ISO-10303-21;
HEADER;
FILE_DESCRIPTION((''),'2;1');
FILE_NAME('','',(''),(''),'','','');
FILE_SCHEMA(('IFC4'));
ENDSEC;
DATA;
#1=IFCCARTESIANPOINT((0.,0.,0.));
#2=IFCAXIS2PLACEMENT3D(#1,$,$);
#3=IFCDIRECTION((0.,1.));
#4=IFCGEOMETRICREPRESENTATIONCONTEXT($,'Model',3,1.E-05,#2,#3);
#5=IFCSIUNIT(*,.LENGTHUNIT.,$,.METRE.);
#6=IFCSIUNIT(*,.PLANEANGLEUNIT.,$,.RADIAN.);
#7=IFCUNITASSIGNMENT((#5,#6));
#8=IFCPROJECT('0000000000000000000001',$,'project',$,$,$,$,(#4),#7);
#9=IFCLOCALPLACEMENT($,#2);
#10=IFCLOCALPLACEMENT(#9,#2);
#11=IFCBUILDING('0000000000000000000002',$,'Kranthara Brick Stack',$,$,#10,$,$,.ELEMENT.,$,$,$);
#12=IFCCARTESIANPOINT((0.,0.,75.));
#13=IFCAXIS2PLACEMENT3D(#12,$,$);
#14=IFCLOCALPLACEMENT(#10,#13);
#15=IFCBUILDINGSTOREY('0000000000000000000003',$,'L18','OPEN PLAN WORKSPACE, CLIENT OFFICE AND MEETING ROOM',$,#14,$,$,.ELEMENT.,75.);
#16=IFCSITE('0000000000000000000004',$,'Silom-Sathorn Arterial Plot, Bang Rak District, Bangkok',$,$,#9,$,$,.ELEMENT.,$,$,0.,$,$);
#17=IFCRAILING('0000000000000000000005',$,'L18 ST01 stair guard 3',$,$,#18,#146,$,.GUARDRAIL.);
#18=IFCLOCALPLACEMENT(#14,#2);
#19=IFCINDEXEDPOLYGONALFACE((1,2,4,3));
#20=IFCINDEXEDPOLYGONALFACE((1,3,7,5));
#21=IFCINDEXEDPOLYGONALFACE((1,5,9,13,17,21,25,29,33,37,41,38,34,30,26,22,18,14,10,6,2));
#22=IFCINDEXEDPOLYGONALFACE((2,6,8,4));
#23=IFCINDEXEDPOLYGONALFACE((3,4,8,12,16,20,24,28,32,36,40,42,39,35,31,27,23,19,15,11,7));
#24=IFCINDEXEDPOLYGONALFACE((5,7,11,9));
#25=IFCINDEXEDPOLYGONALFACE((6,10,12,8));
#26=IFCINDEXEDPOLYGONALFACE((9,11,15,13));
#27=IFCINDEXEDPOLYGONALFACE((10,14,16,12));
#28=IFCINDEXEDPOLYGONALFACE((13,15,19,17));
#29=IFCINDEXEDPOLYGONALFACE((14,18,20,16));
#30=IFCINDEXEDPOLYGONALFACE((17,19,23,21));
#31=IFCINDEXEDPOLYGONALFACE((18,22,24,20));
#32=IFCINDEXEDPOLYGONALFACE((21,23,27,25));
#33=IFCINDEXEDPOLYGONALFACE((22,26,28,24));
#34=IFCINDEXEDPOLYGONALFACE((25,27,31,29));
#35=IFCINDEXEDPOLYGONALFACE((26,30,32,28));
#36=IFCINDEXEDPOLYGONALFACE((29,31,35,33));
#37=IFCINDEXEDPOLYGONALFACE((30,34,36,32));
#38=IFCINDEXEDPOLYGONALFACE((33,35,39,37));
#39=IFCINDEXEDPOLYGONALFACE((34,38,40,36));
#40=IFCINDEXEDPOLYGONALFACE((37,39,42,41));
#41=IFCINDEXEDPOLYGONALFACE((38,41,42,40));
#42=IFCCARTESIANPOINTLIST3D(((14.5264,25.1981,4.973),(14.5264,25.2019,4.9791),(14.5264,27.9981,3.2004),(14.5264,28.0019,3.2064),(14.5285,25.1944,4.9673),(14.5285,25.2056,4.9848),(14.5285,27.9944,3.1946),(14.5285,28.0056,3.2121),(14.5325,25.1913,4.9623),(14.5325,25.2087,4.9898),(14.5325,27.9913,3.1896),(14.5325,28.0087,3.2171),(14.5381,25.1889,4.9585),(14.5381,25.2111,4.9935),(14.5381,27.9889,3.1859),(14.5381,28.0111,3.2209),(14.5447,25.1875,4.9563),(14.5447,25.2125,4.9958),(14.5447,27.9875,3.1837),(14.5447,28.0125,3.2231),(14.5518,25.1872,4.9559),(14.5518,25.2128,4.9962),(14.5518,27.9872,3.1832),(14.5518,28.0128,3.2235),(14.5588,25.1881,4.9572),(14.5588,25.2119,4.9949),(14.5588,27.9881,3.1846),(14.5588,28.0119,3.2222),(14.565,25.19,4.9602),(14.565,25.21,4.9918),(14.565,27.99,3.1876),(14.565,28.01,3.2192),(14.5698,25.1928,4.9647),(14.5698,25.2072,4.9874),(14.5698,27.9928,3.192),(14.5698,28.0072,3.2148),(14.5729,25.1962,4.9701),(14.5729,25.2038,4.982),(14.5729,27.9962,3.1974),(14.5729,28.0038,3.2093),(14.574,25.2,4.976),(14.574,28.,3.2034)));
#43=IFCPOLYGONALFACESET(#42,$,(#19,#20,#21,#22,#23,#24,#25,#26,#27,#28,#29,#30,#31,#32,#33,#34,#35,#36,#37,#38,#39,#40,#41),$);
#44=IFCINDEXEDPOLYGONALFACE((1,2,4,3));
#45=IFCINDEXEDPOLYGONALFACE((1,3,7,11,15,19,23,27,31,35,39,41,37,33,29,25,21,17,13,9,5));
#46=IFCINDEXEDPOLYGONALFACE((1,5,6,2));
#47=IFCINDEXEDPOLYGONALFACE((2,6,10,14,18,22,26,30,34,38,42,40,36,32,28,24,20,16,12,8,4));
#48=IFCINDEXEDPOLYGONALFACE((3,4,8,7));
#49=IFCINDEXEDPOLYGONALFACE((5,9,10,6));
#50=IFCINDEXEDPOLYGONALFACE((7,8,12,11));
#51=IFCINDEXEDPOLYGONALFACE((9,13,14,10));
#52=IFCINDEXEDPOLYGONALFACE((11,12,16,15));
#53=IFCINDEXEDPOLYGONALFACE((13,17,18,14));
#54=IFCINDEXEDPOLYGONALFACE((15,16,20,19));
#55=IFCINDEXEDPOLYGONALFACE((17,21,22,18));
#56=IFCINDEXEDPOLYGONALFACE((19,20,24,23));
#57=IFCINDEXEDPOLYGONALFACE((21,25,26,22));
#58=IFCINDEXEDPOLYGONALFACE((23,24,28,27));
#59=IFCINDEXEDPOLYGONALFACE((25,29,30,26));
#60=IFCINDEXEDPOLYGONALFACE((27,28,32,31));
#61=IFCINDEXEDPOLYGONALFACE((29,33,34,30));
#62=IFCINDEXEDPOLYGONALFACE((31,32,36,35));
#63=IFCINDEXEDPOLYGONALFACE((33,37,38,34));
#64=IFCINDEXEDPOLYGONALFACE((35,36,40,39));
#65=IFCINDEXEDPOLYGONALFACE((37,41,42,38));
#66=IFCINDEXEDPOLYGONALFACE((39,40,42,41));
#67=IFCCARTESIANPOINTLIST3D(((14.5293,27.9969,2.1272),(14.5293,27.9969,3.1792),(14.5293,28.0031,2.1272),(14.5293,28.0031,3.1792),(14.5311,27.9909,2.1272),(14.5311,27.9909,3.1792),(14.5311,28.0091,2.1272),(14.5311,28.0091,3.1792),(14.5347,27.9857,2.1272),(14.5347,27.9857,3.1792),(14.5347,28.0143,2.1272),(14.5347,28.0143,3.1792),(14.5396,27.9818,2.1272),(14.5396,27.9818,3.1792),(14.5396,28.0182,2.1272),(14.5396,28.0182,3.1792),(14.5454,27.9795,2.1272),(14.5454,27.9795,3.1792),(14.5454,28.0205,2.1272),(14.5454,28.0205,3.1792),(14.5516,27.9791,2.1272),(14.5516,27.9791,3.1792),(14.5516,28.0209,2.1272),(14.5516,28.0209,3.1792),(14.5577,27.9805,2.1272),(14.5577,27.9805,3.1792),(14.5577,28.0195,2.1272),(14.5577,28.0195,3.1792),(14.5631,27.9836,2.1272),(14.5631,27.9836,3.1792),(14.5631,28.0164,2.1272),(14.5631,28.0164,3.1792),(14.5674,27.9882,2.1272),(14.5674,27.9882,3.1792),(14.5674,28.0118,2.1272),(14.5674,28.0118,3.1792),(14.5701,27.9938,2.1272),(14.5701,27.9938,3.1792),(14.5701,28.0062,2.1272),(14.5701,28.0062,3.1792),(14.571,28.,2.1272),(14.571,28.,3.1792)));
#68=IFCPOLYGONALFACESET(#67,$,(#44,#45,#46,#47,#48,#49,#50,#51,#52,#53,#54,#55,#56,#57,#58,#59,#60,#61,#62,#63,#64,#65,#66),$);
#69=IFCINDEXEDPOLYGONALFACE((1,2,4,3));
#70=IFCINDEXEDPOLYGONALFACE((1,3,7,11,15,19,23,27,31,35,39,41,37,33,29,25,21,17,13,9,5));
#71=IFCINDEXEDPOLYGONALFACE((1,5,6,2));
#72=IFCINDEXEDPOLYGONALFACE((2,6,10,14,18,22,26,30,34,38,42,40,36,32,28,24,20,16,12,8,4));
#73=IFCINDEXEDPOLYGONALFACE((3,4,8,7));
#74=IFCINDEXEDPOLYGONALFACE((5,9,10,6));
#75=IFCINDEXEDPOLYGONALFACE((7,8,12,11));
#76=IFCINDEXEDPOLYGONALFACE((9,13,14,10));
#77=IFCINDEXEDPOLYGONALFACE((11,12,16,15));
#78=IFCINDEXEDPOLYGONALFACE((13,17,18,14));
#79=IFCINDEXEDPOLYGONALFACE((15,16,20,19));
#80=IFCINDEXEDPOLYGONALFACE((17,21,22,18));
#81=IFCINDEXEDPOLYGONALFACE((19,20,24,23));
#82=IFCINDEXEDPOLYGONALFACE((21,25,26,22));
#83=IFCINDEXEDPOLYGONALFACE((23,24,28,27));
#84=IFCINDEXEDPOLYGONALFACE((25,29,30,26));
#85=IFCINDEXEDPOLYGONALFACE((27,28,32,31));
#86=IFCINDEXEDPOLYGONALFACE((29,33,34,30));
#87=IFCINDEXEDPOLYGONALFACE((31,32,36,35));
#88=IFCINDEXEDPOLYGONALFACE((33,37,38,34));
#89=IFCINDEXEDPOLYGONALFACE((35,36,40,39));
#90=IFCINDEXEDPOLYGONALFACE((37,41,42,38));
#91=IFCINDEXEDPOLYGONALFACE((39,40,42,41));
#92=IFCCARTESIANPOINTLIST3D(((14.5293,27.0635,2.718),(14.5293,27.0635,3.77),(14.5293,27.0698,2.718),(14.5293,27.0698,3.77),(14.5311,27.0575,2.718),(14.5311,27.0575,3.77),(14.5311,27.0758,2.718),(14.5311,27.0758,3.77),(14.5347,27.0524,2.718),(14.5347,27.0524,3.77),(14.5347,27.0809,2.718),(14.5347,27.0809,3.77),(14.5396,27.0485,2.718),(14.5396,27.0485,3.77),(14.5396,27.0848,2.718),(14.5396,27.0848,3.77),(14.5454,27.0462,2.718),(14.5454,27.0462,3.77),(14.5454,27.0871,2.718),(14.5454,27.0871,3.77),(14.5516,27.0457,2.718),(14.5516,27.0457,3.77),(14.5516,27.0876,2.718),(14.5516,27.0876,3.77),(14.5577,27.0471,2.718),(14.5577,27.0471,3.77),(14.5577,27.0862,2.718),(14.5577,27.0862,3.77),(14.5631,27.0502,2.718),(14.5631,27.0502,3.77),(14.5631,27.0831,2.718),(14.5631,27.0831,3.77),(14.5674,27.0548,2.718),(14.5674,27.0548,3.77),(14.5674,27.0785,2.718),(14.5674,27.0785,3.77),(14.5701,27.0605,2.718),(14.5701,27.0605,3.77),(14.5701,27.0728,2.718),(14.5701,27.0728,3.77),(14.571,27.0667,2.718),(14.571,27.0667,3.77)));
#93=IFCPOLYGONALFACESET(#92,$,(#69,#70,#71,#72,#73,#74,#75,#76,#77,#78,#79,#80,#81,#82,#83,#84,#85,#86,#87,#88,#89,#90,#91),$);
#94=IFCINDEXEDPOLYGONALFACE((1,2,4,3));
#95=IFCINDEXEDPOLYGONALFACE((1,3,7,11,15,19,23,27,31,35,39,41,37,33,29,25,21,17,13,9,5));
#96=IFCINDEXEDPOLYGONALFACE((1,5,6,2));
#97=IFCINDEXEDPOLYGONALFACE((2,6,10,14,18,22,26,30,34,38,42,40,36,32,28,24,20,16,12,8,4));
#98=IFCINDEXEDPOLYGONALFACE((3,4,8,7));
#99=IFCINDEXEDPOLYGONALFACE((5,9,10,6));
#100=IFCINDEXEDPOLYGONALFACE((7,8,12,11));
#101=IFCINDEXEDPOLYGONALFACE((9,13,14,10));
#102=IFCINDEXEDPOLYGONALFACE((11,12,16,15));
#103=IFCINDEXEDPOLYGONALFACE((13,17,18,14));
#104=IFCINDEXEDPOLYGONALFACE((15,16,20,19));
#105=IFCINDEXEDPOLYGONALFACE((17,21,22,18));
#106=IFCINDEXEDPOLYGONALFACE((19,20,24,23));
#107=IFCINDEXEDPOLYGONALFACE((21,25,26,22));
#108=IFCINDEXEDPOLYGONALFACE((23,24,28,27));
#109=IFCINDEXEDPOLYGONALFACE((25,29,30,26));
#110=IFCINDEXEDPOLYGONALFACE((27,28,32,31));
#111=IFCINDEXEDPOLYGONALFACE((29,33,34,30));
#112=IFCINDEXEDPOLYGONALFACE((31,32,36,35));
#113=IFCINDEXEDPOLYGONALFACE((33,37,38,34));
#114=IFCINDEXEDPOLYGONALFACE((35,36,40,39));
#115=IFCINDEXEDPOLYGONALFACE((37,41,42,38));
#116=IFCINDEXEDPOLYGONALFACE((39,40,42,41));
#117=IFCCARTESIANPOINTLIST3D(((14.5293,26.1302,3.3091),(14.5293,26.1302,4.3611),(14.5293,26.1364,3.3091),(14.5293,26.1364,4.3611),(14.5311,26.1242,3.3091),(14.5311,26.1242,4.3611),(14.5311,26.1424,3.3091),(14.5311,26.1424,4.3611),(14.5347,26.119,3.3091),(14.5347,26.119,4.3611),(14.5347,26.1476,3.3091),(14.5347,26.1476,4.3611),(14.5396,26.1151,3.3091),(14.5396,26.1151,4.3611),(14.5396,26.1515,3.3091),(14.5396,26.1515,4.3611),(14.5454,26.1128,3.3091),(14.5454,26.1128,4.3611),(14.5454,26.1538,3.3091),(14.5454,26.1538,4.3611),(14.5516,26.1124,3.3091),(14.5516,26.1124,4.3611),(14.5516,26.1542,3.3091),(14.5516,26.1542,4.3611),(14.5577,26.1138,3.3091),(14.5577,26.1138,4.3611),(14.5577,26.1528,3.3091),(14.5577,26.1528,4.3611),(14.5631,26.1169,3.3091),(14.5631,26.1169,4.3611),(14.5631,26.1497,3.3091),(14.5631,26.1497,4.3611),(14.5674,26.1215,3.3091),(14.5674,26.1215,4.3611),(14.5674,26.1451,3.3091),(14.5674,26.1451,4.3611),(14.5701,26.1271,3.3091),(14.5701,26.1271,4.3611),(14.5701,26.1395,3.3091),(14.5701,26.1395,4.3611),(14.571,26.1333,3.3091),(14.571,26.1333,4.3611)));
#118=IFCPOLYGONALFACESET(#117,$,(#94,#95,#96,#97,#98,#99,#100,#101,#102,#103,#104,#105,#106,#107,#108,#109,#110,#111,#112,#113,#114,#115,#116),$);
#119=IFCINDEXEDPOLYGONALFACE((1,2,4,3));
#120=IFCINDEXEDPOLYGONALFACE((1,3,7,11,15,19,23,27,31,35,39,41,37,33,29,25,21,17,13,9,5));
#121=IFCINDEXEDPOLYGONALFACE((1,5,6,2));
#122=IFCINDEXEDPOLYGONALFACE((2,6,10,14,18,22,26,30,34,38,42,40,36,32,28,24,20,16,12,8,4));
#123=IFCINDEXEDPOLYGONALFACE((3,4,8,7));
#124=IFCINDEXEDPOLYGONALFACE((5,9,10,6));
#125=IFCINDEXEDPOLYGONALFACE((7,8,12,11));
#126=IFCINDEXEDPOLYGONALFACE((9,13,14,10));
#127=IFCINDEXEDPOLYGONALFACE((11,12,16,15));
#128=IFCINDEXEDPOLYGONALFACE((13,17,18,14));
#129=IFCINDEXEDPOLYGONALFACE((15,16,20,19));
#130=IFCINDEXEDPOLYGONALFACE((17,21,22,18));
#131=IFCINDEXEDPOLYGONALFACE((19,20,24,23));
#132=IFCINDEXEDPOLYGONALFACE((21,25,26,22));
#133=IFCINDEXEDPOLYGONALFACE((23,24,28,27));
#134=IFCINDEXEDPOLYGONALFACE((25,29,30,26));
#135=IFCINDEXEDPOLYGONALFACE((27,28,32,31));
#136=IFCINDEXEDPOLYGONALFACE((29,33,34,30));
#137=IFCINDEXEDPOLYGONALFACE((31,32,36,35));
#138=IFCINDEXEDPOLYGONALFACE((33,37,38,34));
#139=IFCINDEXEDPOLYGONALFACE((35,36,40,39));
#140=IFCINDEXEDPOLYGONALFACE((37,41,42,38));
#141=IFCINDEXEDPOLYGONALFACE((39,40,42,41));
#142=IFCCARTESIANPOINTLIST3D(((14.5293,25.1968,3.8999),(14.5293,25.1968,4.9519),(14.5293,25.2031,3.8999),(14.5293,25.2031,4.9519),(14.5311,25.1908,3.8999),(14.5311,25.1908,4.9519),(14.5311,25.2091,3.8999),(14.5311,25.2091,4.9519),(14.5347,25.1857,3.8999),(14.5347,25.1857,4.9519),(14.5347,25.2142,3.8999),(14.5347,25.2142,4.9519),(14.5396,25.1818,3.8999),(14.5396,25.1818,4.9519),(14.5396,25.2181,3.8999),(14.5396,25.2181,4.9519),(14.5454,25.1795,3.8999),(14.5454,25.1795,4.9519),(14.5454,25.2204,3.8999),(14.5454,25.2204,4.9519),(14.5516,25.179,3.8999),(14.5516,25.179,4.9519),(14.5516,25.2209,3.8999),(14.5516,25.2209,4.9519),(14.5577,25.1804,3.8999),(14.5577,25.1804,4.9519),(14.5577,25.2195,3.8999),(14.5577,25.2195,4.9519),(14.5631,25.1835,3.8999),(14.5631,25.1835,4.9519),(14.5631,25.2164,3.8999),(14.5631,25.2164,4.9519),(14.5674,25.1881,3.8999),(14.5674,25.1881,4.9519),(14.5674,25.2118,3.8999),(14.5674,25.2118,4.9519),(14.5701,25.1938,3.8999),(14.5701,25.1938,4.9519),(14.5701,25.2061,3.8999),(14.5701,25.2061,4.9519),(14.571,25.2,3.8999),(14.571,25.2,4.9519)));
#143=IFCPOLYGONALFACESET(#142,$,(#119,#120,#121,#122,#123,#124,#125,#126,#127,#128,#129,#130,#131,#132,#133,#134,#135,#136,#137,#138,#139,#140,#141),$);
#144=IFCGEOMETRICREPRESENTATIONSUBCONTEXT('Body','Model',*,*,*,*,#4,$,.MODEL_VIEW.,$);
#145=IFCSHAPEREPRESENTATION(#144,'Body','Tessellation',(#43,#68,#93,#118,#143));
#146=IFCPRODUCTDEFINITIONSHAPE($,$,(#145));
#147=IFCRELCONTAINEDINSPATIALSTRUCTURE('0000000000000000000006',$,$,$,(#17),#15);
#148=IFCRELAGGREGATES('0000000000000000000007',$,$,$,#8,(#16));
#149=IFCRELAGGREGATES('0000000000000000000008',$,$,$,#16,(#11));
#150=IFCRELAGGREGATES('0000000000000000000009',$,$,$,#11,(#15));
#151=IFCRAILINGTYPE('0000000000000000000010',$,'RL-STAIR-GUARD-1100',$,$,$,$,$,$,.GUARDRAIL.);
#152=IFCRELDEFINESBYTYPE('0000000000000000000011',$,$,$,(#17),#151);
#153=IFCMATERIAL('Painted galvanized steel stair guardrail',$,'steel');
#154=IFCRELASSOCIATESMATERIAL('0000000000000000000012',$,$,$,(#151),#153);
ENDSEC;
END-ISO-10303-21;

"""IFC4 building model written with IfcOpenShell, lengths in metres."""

from ifc_helpers import new_model, si_unit, direction, frame, origin, origin_2d, place, context, subcontext, project, spatial, circle, extrude, material, type_object, element, save


model = new_model("IFC4")

# Units and contexts
model_context = context("Model", 3, precision=1e-05, world=origin(), true_north=direction((0.0, 1.0)))
body_context = subcontext(model_context, "Body", "Model", "MODEL_VIEW")
ifc_project = project(units=[si_unit("LENGTHUNIT", "METRE"), si_unit("PLANEANGLEUNIT", "RADIAN")], contexts=[model_context])

# Site, building, storey
site_placement = place(None, origin())
site = spatial("IfcSite", under=ifc_project, at=site_placement, Name="Silom-Sathorn Arterial Plot, Bang Rak District, Bangkok", CompositionType="ELEMENT", RefElevation=0.0)
building_placement = place(site_placement, origin())
building = spatial("IfcBuilding", under=site, at=building_placement, Name="Kranthara Brick Stack", CompositionType="ELEMENT")
storey_placement = place(building_placement, frame((0.0, 0.0, 75.0)))
storey = spatial("IfcBuildingStorey", under=building, at=storey_placement, Name="L18", Description="OPEN PLAN WORKSPACE, CLIENT OFFICE AND MEETING ROOM", CompositionType="ELEMENT", Elevation=75.0)

# Railing
ifc_material_1 = material(Name="Painted galvanized steel stair guardrail", Category="steel")
railing_type_1 = type_object("IfcRailingType", Name="RL-STAIR-GUARD-1100", PredefinedType="GUARDRAIL", material=ifc_material_1)
railing_1_placement = place(storey_placement, frame((14.55, 28.0, 2.1272)))
element("IfcRailing", 1, at=railing_1_placement, inside=storey, type_object=railing_type_1, Name="L18 ST01 stair guard 3", PredefinedType="GUARDRAIL", context=body_context, shape_type="SweptSolid", body=[
    extrude(circle(Radius=0.0239, at=origin_2d()), frame((0.0, 0.0, 1.0762), z_axis=(0.0, -0.844909, 0.53491), x_axis=(1.0, 0.0, 0.0)), (0.0, 0.0, 1.0), 3.314),
    extrude(circle(Radius=0.021, at=origin_2d()), origin(), (0.0, 0.0, 1.0), 1.052),
    extrude(circle(Radius=0.021, at=origin_2d()), frame((0.0, -0.9333, 0.5908)), (0.0, 0.0, 1.0), 1.052),
    extrude(circle(Radius=0.021, at=origin_2d()), frame((0.0, -1.8667, 1.1819)), (0.0, 0.0, 1.0), 1.052),
    extrude(circle(Radius=0.021, at=origin_2d()), frame((0.0, -2.8, 1.7727)), (0.0, 0.0, 1.0), 1.052),
])

save(model, "model.ifc")
